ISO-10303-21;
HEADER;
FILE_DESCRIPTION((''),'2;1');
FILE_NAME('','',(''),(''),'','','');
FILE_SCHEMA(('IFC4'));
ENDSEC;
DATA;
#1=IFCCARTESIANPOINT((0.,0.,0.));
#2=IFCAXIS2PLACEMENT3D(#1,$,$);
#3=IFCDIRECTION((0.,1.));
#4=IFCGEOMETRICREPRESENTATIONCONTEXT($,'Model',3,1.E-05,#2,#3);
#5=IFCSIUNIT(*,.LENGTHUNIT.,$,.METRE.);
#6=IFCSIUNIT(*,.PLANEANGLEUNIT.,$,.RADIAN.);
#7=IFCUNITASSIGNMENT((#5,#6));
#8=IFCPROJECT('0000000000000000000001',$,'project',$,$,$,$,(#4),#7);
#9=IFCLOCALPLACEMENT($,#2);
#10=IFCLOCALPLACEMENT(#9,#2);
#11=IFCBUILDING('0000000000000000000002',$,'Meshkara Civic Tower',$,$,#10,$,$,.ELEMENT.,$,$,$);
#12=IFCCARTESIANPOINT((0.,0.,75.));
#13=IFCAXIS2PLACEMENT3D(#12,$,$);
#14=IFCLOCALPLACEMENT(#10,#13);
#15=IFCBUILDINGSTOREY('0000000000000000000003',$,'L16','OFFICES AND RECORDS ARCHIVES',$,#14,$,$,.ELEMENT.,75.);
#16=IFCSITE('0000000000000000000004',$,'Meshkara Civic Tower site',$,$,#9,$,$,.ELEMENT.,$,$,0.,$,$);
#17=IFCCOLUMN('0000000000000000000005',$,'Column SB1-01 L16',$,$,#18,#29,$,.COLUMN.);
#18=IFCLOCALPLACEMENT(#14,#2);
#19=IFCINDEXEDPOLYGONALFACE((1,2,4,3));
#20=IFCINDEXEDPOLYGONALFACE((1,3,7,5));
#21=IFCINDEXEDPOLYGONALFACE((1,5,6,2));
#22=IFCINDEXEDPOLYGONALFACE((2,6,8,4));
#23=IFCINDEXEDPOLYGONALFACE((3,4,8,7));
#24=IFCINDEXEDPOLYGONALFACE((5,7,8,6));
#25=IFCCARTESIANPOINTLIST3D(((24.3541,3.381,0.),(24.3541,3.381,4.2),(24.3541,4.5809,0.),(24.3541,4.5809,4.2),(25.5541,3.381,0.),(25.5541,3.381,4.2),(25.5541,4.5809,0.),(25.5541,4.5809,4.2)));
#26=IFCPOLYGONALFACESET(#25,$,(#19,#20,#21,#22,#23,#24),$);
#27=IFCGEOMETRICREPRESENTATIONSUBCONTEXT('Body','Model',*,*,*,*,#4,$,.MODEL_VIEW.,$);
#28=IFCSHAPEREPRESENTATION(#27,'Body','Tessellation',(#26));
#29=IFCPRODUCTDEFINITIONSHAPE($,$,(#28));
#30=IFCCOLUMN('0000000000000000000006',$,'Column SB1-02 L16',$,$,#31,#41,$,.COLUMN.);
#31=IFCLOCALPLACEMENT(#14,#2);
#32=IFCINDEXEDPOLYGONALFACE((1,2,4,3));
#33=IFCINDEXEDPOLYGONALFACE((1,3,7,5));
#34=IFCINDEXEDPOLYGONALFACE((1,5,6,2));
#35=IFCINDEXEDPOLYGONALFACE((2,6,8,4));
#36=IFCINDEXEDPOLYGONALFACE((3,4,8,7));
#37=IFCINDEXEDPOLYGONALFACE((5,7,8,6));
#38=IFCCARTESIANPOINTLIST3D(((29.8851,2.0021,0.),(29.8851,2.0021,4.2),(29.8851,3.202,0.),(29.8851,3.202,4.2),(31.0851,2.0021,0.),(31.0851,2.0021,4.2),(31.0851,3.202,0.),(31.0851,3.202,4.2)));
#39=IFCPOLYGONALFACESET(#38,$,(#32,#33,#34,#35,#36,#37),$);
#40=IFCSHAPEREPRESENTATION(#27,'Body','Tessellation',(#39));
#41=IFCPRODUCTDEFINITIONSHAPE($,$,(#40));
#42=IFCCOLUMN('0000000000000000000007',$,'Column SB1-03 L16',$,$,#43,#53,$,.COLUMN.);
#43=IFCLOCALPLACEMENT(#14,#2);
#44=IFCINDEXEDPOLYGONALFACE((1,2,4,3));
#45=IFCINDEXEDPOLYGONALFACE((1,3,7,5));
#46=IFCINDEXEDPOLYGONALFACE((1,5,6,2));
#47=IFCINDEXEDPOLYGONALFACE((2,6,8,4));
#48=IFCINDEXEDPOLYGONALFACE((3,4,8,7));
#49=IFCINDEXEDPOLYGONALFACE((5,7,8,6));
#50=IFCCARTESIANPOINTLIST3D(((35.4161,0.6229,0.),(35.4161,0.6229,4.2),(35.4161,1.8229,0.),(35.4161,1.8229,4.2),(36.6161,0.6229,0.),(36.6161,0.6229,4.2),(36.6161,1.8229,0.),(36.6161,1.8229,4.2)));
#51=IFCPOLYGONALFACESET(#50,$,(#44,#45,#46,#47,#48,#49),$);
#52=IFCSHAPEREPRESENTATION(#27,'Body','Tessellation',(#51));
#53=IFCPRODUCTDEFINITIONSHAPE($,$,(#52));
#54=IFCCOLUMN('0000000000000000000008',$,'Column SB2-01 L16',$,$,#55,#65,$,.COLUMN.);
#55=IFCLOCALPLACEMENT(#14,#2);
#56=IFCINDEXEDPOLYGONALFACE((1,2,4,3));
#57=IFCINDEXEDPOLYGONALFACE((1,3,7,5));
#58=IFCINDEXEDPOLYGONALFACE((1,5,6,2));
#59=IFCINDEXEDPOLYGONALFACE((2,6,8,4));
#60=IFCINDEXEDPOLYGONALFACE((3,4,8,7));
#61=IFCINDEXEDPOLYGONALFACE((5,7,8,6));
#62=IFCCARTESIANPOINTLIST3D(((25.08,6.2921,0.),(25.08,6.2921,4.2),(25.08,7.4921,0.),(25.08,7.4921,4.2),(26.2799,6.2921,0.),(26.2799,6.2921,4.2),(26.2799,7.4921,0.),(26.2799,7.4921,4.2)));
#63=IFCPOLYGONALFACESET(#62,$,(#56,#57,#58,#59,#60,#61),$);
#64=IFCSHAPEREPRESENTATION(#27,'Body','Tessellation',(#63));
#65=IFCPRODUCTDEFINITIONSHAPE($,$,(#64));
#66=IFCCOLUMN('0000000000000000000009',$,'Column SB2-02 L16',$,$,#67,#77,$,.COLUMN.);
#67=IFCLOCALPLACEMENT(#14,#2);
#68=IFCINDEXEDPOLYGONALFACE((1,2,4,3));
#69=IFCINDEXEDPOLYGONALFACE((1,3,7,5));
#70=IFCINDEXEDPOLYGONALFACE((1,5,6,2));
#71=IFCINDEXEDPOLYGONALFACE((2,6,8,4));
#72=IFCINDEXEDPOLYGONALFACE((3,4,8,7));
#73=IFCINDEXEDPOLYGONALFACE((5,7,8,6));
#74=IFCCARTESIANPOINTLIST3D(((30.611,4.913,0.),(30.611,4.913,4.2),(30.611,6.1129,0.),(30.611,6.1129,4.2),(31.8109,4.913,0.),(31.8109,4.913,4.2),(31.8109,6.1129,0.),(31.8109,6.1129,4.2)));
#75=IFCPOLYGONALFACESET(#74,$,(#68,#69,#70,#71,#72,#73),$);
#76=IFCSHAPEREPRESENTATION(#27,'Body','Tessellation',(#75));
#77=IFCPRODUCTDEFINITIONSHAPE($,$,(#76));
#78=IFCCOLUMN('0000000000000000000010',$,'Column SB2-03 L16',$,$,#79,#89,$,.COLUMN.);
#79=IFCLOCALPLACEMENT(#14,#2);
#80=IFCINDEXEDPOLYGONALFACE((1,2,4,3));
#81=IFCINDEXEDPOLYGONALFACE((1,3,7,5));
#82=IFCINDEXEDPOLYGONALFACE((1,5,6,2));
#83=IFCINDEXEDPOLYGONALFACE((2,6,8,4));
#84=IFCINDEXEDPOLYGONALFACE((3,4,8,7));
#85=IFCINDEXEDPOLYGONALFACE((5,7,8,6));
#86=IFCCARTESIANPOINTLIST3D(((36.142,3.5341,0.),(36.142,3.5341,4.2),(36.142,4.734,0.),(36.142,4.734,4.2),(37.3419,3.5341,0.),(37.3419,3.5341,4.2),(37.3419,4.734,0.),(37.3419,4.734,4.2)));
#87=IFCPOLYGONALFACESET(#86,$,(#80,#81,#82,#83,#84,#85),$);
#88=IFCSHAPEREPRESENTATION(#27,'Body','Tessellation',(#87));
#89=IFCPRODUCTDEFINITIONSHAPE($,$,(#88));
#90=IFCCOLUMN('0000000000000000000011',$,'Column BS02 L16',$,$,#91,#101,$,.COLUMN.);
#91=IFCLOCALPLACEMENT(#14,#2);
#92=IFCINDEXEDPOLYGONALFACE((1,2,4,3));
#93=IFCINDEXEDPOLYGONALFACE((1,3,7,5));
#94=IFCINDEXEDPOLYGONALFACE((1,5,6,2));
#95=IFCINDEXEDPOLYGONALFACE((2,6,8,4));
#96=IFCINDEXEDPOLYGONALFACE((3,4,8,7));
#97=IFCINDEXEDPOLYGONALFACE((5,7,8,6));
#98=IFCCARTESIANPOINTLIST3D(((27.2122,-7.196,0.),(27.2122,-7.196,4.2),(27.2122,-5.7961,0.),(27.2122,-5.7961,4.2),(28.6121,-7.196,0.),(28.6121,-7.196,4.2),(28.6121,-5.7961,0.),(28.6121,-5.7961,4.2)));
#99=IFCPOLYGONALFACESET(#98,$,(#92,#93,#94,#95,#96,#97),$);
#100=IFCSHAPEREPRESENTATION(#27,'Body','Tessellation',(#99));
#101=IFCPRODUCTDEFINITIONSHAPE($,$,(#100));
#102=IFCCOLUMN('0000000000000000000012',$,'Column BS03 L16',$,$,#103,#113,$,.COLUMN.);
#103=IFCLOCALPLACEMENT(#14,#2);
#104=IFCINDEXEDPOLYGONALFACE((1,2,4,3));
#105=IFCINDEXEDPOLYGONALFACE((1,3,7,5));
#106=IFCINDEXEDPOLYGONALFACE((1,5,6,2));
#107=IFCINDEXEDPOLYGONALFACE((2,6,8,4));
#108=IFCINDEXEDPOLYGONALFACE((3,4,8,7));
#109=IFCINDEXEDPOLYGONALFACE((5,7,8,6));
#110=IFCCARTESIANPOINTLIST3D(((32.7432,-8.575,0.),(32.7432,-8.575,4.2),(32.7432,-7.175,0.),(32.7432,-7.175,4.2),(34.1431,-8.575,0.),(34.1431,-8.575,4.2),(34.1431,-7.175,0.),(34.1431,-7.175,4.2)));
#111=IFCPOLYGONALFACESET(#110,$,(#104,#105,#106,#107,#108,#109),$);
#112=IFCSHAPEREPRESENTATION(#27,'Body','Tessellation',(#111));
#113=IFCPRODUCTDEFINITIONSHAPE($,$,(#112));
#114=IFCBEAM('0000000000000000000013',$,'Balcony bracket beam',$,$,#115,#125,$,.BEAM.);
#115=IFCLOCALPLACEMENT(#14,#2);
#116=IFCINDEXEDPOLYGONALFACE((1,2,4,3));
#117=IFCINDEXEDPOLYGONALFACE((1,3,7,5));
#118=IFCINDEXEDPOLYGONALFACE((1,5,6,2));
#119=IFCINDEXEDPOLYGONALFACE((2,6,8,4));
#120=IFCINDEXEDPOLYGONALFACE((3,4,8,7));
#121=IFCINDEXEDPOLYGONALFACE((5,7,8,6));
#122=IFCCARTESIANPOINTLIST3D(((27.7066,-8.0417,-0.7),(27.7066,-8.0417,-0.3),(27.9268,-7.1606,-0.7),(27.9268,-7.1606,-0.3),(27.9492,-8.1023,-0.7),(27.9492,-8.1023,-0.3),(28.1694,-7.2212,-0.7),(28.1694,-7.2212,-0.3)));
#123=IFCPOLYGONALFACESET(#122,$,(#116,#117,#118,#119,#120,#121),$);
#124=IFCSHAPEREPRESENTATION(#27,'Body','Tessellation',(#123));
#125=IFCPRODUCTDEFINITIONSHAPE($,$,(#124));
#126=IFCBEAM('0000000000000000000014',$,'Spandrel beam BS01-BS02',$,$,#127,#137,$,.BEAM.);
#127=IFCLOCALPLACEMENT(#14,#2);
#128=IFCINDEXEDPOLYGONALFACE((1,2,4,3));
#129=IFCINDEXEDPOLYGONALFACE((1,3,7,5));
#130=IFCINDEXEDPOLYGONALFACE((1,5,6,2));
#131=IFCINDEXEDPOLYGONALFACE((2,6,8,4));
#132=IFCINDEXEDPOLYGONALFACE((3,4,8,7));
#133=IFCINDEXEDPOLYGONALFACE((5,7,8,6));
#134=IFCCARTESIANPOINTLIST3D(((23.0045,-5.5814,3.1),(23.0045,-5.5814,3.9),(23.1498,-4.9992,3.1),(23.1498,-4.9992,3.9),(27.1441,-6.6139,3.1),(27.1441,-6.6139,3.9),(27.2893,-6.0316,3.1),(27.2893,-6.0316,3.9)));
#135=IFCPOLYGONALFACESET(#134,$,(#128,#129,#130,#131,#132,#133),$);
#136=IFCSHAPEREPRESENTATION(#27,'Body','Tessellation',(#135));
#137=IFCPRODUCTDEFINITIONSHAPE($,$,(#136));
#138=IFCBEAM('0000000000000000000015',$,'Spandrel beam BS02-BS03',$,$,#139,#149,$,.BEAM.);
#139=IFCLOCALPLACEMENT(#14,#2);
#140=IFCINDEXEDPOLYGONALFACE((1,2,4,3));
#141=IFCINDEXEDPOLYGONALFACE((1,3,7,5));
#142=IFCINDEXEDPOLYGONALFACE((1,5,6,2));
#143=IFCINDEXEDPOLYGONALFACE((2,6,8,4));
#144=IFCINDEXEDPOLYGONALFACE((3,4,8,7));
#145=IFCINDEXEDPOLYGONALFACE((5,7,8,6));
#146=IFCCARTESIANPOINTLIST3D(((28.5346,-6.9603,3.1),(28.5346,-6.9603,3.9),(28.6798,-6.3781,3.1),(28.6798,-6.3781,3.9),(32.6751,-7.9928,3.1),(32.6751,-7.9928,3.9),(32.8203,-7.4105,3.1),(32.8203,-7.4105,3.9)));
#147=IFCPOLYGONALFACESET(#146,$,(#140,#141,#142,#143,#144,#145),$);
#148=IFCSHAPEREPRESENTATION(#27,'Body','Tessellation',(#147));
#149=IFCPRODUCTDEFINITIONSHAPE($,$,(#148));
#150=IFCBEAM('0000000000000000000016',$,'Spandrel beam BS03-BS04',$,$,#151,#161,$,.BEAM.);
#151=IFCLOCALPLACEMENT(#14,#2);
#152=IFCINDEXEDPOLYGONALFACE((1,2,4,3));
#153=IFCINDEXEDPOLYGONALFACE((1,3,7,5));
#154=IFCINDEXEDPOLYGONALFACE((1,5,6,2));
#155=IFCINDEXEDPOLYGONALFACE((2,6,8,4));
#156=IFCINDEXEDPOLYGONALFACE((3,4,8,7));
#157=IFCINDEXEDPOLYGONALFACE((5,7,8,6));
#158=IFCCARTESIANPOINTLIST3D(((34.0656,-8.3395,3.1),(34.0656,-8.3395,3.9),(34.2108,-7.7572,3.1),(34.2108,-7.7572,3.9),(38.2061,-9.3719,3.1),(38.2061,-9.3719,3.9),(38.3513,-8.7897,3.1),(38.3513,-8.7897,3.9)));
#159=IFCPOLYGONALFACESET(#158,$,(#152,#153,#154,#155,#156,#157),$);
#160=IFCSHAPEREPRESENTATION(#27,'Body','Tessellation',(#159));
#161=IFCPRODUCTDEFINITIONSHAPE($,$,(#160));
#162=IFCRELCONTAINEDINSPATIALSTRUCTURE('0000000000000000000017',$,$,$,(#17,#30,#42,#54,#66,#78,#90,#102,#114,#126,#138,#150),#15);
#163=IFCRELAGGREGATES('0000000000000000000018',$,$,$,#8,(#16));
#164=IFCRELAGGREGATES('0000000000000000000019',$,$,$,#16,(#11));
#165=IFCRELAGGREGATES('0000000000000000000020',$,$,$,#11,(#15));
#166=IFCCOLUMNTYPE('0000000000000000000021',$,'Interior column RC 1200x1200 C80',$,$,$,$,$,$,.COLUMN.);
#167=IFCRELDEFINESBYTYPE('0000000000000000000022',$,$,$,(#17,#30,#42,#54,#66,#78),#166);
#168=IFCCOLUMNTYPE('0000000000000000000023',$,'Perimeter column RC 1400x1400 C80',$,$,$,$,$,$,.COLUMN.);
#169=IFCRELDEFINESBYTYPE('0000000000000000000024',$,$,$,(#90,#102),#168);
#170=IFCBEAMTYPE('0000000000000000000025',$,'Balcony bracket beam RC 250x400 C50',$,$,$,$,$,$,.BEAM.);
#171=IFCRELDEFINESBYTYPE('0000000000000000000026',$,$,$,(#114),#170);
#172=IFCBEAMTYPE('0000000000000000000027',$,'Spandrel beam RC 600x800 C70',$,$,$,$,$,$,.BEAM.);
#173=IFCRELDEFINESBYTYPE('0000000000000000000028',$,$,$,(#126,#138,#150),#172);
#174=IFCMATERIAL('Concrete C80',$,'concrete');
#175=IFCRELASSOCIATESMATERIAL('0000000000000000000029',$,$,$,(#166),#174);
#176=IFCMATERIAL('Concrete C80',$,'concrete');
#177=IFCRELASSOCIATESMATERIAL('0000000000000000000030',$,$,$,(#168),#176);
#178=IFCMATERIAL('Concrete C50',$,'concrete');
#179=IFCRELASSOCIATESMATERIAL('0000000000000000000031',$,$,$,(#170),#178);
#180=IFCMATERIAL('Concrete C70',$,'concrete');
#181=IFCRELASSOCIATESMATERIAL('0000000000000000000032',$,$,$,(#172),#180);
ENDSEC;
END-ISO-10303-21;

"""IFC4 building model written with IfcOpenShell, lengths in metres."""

from ifc_helpers import new_model, si_unit, direction, frame, origin, origin_2d, place, context, subcontext, project, spatial, rectangle, extrude, material, material_profile, profile_set, type_object, element, save


model = new_model("IFC4")

# Units and contexts
model_context = context("Model", 3, precision=1e-05, world=origin(), true_north=direction((0.0, 1.0)))
body_context = subcontext(model_context, "Body", "Model", "MODEL_VIEW")
ifc_project = project(units=[si_unit("LENGTHUNIT", "METRE"), si_unit("PLANEANGLEUNIT", "RADIAN")], contexts=[model_context])

# Site, building, storey
site_placement = place(None, origin())
site = spatial("IfcSite", under=ifc_project, at=site_placement, Name="Meshkara Civic Tower site", CompositionType="ELEMENT", RefElevation=0.0)
building_placement = place(site_placement, origin())
building = spatial("IfcBuilding", under=site, at=building_placement, Name="Meshkara Civic Tower", CompositionType="ELEMENT")
storey_placement = place(building_placement, frame((0.0, 0.0, 75.0)))
storey = spatial("IfcBuildingStorey", under=building, at=storey_placement, Name="L16", Description="OFFICES AND RECORDS ARCHIVES", CompositionType="ELEMENT", Elevation=75.0)

# Columns
ifc_material_1 = material(Name="Concrete C80", Category="concrete")
ifc_material_profile_1 = material_profile(ifc_material_1, rectangle(XDim=1.2, YDim=1.2, at=origin_2d()))
ifc_profile_set_1 = profile_set([ifc_material_profile_1], Name="Concrete C80")
column_type_1 = type_object("IfcColumnType", Name="Interior column RC 1200x1200 C80", PredefinedType="COLUMN", material=ifc_profile_set_1)
for number, where, z_axis, x_axis, name in (
    (1, (24.9541, 3.981, 0.0), (0.0, 0.0, 1.0), (1.0, 0.0, 0.0), "Column SB1-01 L16"),
    (2, (30.4851, 2.6021, 0.0), (0.0, 0.0, 1.0), (1.0, 0.0, 0.0), "Column SB1-02 L16"),
    (3, (36.0161, 1.2229, 0.0), (0.0, 0.0, 1.0), (1.0, 0.0, 0.0), "Column SB1-03 L16"),
    (4, (25.6799, 6.8921, 0.0), (0.0, 0.0, 1.0), (1.0, 0.0, 0.0), "Column SB2-01 L16"),
    (5, (31.2109, 5.5129, 0.0), (0.0, 0.0, 1.0), (1.0, 0.0, 0.0), "Column SB2-02 L16"),
    (6, (36.7419, 4.134, 0.0), (0.0, 0.0, 1.0), (1.0, 0.0, 0.0), "Column SB2-03 L16"),
):
    element("IfcColumn", number, at=place(storey_placement, frame(where, z_axis=z_axis, x_axis=x_axis)), inside=storey, type_object=column_type_1, Name=name, PredefinedType="COLUMN", context=body_context, shape_type="SweptSolid", body=[
        extrude(rectangle(XDim=1.2, YDim=1.2, at=origin_2d()), origin(), (0.0, 0.0, 1.0), 4.2),
    ])
ifc_material_2 = material(Name="Concrete C80", Category="concrete")
ifc_material_profile_2 = material_profile(ifc_material_2, rectangle(XDim=1.3999, YDim=1.3999, at=origin_2d()))
ifc_profile_set_2 = profile_set([ifc_material_profile_2], Name="Concrete C80")
column_type_2 = type_object("IfcColumnType", Name="Perimeter column RC 1400x1400 C80", PredefinedType="COLUMN", material=ifc_profile_set_2)
for number, where, z_axis, x_axis, name in (
    (7, (27.9121, -6.4961, 0.0), (0.0, 0.0, 1.0), (1.0, 0.0, 0.0), "Column BS02 L16"),
    (8, (33.4431, -7.875, 0.0), (0.0, 0.0, 1.0), (1.0, 0.0, 0.0), "Column BS03 L16"),
):
    element("IfcColumn", number, at=place(storey_placement, frame(where, z_axis=z_axis, x_axis=x_axis)), inside=storey, type_object=column_type_2, Name=name, PredefinedType="COLUMN", context=body_context, shape_type="SweptSolid", body=[
        extrude(rectangle(XDim=1.3999, YDim=1.3999, at=origin_2d()), origin(), (0.0, 0.0, 1.0), 4.2),
    ])

# Beams
ifc_material_3 = material(Name="Concrete C50", Category="concrete")
ifc_material_profile_3 = material_profile(ifc_material_3, rectangle(XDim=0.25, YDim=0.3999, at=origin_2d()))
ifc_profile_set_3 = profile_set([ifc_material_profile_3], Name="Concrete C50")
beam_type_1 = type_object("IfcBeamType", Name="Balcony bracket beam RC 250x400 C50", PredefinedType="BEAM", material=ifc_profile_set_3)
beam_1_placement = place(storey_placement, frame((28.0481, -7.1909, -0.5), z_axis=(-0.242472, -0.970158, 0.0), x_axis=(0.970158, -0.242472, 0.0)))
element("IfcBeam", 9, at=beam_1_placement, inside=storey, type_object=beam_type_1, Name="Balcony bracket beam", PredefinedType="BEAM", context=body_context, shape_type="SweptSolid", body=[
    extrude(rectangle(XDim=0.25, YDim=0.3999, at=origin_2d()), origin(), (0.0, 0.0, 1.0), 0.9082),
])
ifc_material_4 = material(Name="Concrete C70", Category="concrete")
ifc_material_profile_4 = material_profile(ifc_material_4, rectangle(XDim=0.6001, YDim=0.8, at=origin_2d()))
ifc_profile_set_4 = profile_set([ifc_material_profile_4], Name="Concrete C70")
beam_type_2 = type_object("IfcBeamType", Name="Spandrel beam RC 600x800 C70", PredefinedType="BEAM", material=ifc_profile_set_4)
beam_2_placement = place(storey_placement, frame((23.0771, -5.2903, 3.5), z_axis=(0.970277, -0.241997, 0.0), x_axis=(0.241997, 0.970277, 0.0)))
element("IfcBeam", 10, at=beam_2_placement, inside=storey, type_object=beam_type_2, Name="Spandrel beam BS01-BS02", PredefinedType="BEAM", context=body_context, shape_type="SweptSolid", body=[
    extrude(rectangle(XDim=0.6001, YDim=0.8, at=origin_2d()), origin(), (0.0, 0.0, 1.0), 4.2664),
])
for number, where, z_axis, x_axis, name in (
    (11, (28.6072, -6.6692, 3.5), (0.97029, -0.241943, 0.0), (0.241943, 0.97029, 0.0), "Spandrel beam BS02-BS03"),
    (12, (34.1382, -8.0483, 3.5), (0.97029, -0.241943, 0.0), (0.241943, 0.97029, 0.0), "Spandrel beam BS03-BS04"),
):
    element("IfcBeam", number, at=place(storey_placement, frame(where, z_axis=z_axis, x_axis=x_axis)), inside=storey, type_object=beam_type_2, Name=name, PredefinedType="BEAM", context=body_context, shape_type="SweptSolid", body=[
        extrude(rectangle(XDim=0.6001, YDim=0.8, at=origin_2d()), origin(), (0.0, 0.0, 1.0), 4.2673),
    ])

save(model, "model.ifc")
